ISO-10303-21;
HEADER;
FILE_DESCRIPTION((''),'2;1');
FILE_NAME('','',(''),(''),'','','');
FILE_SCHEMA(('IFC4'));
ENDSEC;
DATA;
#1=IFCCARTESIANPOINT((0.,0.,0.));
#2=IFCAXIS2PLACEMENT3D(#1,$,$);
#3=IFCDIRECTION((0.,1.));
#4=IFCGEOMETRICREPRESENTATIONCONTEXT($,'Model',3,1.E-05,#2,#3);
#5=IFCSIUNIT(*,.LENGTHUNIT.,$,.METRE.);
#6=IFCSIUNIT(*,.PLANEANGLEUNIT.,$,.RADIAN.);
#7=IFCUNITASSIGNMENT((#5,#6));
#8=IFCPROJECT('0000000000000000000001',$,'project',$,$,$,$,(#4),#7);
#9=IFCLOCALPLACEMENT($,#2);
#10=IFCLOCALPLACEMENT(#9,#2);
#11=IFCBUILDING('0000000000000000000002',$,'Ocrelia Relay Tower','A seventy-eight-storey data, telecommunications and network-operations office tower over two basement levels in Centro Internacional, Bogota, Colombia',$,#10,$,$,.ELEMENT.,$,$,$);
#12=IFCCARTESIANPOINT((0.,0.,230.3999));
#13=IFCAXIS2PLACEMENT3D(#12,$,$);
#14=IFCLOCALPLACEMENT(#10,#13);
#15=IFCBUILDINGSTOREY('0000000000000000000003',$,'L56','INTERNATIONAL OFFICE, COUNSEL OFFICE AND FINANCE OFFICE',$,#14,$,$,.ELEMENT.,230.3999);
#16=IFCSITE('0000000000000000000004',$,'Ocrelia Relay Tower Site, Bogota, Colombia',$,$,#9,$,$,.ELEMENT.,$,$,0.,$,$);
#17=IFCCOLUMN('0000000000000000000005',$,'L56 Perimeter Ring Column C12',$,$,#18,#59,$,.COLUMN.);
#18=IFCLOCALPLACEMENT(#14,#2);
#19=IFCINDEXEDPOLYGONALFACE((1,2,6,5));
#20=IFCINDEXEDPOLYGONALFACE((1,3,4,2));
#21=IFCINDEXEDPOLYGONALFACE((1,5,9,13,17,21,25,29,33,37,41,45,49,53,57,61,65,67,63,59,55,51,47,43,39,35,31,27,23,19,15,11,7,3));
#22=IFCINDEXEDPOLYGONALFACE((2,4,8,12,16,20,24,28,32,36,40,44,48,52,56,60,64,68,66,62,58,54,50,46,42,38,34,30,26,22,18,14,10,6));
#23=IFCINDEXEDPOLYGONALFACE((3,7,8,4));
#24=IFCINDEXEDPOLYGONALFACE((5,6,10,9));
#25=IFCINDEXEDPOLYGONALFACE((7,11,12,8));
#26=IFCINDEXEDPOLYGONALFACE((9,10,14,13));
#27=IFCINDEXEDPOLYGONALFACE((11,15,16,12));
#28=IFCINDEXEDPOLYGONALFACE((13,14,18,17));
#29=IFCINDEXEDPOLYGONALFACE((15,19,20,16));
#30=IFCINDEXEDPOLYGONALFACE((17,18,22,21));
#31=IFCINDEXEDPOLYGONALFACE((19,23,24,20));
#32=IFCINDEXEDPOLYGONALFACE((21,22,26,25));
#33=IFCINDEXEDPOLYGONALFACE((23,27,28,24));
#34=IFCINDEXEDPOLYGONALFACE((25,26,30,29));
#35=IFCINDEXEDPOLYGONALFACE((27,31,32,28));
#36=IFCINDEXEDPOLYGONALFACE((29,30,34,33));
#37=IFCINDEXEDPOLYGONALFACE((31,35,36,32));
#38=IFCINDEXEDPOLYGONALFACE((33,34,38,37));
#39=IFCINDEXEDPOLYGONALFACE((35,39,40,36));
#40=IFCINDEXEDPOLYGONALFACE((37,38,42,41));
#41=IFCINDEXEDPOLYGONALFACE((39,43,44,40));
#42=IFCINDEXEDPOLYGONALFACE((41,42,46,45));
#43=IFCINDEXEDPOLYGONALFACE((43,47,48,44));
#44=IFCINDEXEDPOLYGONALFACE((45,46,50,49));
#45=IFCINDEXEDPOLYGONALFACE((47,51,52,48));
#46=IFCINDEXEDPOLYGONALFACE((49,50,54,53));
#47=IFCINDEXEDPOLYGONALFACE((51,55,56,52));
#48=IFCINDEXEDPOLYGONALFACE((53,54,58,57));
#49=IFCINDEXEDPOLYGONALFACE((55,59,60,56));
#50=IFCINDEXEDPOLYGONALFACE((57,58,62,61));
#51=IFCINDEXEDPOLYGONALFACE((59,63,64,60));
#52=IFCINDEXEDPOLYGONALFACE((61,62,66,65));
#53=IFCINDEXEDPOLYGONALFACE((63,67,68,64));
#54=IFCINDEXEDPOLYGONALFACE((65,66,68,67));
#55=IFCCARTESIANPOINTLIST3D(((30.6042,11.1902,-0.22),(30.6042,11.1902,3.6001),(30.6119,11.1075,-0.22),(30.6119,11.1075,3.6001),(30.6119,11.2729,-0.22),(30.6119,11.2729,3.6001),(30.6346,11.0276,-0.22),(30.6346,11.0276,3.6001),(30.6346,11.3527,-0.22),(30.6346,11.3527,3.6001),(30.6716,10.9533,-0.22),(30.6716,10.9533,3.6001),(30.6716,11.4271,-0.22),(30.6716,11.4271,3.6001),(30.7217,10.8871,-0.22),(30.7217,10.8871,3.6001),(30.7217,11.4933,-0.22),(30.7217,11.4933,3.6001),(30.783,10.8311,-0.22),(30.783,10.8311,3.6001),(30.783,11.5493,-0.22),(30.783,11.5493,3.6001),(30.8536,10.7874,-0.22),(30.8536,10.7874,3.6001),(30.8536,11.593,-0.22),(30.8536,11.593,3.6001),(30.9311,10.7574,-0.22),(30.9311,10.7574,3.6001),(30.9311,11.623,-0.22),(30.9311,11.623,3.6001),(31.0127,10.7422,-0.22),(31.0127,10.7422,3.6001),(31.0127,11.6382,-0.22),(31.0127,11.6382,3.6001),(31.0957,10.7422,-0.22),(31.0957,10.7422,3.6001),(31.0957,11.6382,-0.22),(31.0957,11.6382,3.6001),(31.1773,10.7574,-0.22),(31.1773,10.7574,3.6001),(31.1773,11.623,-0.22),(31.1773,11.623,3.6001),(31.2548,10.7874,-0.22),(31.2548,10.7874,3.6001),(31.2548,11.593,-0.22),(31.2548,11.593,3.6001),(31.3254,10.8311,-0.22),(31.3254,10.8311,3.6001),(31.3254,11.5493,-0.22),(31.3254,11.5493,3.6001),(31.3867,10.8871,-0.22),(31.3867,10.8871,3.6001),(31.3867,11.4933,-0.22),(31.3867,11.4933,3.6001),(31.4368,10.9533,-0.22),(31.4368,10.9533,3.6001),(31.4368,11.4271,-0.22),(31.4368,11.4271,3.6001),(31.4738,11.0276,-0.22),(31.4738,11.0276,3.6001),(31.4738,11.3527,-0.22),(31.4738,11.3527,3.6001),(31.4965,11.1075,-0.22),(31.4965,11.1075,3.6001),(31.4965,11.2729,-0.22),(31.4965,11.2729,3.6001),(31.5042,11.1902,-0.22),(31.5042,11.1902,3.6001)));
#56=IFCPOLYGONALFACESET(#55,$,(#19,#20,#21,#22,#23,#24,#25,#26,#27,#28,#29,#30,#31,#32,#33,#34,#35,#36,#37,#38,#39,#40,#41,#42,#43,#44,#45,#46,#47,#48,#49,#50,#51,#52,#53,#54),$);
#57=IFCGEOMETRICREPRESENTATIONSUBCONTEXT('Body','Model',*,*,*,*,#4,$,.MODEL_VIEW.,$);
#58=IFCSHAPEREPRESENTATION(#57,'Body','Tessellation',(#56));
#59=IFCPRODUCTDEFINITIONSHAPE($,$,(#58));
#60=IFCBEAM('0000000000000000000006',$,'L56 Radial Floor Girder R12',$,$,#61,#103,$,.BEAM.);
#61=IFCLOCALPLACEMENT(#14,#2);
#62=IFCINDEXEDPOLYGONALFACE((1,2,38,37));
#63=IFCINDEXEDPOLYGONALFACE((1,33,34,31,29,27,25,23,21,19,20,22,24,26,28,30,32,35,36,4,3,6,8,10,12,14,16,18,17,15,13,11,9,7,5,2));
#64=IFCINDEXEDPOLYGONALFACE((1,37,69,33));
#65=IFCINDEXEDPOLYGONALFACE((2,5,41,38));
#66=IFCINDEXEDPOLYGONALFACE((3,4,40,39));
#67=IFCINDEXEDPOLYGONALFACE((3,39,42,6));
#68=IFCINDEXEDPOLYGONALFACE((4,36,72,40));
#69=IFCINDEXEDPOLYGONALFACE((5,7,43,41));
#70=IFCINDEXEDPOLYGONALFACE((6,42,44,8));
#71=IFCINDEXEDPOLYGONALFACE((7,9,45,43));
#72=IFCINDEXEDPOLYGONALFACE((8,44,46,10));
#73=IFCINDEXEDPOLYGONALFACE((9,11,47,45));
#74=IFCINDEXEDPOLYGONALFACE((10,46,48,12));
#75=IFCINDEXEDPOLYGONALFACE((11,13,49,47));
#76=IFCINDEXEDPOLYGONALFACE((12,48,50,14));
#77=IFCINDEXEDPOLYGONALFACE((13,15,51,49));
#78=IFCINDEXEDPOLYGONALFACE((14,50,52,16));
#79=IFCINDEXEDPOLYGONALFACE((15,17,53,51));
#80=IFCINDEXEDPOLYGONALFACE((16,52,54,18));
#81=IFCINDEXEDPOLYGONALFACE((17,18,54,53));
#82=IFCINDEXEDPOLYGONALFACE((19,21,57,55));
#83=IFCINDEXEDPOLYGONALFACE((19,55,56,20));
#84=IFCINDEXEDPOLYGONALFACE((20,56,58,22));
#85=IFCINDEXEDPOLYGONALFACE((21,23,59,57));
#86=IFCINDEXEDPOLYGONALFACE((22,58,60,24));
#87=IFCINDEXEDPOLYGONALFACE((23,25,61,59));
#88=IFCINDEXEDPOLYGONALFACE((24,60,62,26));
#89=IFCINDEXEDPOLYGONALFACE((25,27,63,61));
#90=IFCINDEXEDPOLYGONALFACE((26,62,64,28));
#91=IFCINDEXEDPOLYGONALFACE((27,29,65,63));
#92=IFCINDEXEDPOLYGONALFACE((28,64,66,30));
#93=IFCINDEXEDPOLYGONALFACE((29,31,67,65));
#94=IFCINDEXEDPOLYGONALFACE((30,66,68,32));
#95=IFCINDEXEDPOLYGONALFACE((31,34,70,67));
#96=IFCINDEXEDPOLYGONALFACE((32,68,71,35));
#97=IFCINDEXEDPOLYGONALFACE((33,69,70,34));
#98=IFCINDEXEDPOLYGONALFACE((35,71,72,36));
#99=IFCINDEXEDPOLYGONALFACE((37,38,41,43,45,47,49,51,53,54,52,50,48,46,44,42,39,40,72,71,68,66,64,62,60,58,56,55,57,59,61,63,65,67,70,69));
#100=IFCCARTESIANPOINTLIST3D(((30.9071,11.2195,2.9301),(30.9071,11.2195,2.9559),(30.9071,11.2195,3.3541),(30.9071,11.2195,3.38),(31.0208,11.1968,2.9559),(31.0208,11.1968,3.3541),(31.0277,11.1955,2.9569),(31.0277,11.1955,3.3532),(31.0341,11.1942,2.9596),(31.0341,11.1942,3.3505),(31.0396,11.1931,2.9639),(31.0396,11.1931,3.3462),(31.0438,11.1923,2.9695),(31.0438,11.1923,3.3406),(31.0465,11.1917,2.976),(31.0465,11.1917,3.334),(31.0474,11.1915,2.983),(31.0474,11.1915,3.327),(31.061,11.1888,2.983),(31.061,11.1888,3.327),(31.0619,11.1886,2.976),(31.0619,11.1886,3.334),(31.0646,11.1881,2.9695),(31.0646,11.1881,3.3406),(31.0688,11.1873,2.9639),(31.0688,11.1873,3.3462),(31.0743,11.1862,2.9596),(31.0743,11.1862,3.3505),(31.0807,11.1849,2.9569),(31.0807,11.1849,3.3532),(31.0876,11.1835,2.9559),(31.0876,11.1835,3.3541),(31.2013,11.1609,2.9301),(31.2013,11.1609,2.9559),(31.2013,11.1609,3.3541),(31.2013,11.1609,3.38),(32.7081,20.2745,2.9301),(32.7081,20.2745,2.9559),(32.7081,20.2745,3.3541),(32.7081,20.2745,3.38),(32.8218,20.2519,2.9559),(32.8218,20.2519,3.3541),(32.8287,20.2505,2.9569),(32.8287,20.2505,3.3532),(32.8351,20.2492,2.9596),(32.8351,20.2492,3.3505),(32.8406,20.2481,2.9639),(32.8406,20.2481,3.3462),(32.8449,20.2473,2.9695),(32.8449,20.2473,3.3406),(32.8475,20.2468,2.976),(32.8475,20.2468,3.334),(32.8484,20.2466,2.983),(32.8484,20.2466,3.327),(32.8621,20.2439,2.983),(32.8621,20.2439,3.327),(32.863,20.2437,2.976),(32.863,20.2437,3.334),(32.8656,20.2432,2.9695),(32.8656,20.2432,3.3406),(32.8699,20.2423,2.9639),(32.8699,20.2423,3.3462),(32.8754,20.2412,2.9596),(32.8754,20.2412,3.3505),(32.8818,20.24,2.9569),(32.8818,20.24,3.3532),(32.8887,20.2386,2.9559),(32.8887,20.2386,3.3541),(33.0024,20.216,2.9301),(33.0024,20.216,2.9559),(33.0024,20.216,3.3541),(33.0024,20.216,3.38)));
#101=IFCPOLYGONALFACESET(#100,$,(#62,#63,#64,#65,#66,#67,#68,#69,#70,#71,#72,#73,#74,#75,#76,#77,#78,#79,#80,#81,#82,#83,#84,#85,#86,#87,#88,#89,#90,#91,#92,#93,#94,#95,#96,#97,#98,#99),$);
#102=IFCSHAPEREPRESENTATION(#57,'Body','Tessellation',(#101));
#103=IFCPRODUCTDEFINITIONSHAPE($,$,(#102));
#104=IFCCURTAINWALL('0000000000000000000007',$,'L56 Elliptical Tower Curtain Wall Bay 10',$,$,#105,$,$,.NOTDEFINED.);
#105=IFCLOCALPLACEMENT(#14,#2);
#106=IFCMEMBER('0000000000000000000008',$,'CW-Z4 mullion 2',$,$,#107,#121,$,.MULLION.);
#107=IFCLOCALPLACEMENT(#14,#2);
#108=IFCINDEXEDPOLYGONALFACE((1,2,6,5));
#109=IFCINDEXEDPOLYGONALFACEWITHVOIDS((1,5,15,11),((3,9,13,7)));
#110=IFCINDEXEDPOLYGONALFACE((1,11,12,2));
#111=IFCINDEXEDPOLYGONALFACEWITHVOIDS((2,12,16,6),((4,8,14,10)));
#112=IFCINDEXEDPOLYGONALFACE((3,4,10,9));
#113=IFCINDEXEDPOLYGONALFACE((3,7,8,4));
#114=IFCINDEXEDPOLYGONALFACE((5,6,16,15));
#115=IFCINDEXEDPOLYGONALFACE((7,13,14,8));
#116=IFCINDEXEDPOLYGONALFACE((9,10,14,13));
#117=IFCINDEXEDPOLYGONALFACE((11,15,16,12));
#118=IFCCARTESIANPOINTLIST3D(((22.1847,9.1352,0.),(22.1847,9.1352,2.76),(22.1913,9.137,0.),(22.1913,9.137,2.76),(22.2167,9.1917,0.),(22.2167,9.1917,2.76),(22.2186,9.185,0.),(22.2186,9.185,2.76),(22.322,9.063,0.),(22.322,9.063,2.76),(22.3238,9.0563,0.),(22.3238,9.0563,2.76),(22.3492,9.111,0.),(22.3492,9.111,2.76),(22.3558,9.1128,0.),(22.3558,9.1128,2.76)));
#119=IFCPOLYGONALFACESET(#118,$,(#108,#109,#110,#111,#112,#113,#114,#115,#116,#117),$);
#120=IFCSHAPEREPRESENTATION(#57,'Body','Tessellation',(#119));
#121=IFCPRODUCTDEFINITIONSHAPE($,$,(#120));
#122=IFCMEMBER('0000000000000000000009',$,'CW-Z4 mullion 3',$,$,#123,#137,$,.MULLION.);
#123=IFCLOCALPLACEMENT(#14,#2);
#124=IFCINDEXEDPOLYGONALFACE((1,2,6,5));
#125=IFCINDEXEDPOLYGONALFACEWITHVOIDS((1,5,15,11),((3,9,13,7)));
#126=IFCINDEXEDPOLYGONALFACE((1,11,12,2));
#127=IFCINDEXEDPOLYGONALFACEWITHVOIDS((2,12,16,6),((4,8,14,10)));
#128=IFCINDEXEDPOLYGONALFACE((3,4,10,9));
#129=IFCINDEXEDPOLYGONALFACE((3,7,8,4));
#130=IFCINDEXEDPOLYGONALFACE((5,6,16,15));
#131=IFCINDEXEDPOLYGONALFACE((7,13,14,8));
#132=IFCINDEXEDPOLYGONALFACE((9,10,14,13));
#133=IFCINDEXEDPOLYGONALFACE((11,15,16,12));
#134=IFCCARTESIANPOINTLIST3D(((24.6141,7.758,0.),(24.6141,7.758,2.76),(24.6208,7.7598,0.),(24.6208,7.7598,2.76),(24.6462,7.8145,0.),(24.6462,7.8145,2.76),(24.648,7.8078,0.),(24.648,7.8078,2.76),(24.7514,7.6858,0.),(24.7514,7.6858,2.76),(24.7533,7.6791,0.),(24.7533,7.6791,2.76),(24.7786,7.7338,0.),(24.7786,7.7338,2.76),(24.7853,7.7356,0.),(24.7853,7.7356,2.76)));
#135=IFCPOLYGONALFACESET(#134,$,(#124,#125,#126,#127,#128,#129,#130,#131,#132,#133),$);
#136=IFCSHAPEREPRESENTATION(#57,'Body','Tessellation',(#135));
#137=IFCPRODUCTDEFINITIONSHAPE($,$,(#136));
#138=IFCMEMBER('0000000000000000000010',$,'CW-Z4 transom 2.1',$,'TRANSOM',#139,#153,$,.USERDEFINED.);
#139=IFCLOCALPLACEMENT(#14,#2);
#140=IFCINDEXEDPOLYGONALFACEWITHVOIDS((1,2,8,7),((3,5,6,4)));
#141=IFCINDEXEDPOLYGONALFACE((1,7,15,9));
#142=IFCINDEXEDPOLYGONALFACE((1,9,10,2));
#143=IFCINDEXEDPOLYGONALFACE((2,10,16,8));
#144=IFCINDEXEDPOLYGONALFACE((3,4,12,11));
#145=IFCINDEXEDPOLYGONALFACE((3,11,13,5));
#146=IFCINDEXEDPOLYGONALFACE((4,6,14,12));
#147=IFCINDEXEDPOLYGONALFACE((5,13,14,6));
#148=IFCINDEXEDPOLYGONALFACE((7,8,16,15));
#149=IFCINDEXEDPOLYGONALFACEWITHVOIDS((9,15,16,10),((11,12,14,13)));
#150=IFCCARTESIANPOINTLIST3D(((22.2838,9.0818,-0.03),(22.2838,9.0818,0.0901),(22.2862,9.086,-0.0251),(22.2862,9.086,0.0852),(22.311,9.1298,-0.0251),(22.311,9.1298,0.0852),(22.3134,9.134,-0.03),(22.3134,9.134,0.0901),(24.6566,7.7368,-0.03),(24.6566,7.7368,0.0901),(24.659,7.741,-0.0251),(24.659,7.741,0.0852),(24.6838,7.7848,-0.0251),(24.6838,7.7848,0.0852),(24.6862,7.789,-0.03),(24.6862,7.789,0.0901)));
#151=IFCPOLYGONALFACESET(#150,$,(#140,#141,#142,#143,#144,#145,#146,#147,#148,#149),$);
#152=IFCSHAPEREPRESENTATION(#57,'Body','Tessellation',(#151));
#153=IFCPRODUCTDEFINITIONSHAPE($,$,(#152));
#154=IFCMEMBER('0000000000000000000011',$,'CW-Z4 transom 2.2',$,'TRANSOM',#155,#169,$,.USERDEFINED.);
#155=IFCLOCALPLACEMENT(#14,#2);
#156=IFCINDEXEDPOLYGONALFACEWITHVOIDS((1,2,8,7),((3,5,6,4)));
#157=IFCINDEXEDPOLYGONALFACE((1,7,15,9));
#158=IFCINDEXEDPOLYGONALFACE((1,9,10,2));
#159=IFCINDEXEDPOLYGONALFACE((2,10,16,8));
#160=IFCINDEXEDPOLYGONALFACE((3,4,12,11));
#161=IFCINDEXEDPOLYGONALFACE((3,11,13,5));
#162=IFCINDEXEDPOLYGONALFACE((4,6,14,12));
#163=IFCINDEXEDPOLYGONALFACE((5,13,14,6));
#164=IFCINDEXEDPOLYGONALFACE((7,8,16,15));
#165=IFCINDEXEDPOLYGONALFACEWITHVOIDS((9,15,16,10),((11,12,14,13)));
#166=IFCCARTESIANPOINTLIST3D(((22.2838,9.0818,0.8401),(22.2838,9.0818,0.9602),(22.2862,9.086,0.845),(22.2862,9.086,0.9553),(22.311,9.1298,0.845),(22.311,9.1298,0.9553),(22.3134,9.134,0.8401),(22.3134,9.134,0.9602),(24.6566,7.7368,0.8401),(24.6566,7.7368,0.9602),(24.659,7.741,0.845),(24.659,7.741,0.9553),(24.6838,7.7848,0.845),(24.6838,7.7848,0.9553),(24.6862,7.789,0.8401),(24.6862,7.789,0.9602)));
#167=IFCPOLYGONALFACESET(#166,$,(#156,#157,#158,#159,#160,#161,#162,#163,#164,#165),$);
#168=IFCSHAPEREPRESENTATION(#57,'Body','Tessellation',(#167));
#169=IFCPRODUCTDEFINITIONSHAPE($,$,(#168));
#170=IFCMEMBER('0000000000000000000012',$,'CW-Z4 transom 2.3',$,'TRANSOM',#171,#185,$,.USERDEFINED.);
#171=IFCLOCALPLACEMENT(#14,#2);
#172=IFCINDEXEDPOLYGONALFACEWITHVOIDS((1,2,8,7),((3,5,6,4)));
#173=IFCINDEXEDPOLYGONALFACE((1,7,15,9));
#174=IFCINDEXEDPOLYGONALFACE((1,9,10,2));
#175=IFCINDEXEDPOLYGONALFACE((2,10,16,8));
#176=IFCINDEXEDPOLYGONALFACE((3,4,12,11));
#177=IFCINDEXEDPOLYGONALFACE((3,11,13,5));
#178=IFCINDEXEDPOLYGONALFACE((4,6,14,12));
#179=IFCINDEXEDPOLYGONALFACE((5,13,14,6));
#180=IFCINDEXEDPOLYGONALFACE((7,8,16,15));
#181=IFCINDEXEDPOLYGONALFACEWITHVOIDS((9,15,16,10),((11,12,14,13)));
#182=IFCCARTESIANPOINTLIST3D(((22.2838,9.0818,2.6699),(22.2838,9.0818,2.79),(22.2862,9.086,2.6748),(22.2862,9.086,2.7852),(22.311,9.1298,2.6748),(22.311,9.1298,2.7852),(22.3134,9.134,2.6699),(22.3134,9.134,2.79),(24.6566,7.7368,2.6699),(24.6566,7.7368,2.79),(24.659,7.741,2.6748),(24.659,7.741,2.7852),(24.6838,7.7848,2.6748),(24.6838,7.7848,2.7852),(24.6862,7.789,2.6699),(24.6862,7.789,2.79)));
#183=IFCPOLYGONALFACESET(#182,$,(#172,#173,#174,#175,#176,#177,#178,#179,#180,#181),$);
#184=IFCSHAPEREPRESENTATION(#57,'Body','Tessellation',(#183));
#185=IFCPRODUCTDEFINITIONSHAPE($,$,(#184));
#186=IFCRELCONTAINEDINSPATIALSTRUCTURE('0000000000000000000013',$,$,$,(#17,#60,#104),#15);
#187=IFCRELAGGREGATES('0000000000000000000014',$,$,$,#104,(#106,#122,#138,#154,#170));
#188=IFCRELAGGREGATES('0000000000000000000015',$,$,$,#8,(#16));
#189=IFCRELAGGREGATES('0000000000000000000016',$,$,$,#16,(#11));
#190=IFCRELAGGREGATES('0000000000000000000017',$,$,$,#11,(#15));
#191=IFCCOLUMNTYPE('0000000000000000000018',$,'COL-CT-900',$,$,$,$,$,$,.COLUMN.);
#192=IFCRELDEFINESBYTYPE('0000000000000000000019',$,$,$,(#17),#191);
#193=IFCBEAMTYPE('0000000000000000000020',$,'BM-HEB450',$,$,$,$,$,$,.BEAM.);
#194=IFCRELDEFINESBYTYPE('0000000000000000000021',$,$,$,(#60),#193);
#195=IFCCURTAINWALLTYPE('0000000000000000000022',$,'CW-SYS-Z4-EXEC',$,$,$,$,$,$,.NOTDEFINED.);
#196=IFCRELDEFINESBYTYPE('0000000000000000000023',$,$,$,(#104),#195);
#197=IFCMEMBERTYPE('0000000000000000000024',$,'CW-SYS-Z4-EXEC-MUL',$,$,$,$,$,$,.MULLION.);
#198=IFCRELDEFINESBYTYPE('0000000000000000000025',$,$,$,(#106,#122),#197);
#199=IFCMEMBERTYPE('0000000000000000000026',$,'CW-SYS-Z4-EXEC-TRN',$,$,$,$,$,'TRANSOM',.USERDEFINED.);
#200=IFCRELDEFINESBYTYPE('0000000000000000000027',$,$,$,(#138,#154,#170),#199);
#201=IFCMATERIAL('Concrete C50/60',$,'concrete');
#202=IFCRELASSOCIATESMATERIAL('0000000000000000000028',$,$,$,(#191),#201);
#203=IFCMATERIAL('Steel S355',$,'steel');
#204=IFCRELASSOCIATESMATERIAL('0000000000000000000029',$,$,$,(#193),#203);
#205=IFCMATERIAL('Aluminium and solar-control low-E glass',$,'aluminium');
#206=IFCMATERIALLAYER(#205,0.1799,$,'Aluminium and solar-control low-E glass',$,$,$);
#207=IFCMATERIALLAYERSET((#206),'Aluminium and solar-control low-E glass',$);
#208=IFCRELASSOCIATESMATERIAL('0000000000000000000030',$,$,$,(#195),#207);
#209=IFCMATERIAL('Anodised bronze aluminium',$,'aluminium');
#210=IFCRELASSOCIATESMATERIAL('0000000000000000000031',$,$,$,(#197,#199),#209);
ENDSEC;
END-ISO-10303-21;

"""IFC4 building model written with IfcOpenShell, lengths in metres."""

from ifc_helpers import new_model, si_unit, direction, frame, origin, origin_2d, place, context, subcontext, project, spatial, hollow_rectangle, circle, i_section, extrude, material, layer, layer_set, material_profile, profile_set, type_object, element, aggregate, save


model = new_model("IFC4")

# Units and contexts
model_context = context("Model", 3, precision=1e-05, world=origin(), true_north=direction((0.0, 1.0)))
body_context = subcontext(model_context, "Body", "Model", "MODEL_VIEW")
ifc_project = project(units=[si_unit("LENGTHUNIT", "METRE"), si_unit("PLANEANGLEUNIT", "RADIAN")], contexts=[model_context])

# Site, building, storey
site_placement = place(None, origin())
site = spatial("IfcSite", under=ifc_project, at=site_placement, Name="Ocrelia Relay Tower Site, Bogota, Colombia", CompositionType="ELEMENT", RefElevation=0.0)
building_placement = place(site_placement, origin())
building = spatial("IfcBuilding", under=site, at=building_placement, Name="Ocrelia Relay Tower", Description="A seventy-eight-storey data, telecommunications and network-operations office tower over two basement levels in Centro Internacional, Bogota, Colombia", CompositionType="ELEMENT")
storey_placement = place(building_placement, frame((0.0, 0.0, 230.3999)))
storey = spatial("IfcBuildingStorey", under=building, at=storey_placement, Name="L56", Description="INTERNATIONAL OFFICE, COUNSEL OFFICE AND FINANCE OFFICE", CompositionType="ELEMENT", Elevation=230.3999)

# Column
ifc_material_1 = material(Name="Concrete C50/60", Category="concrete")
ifc_material_profile_1 = material_profile(ifc_material_1, circle(Radius=0.45, at=origin_2d()), Name="RC-CIR-900")
ifc_profile_set_1 = profile_set([ifc_material_profile_1], Name="Concrete C50/60")
column_type = type_object("IfcColumnType", Name="COL-CT-900", PredefinedType="COLUMN", material=ifc_profile_set_1)
column_placement = place(storey_placement, frame((31.0542, 11.1902, -0.22), z_axis=(0.0, 0.0, 1.0), x_axis=(1.0, 0.0, 0.0)))
element("IfcColumn", 1, at=column_placement, inside=storey, type_object=column_type, Name="L56 Perimeter Ring Column C12", PredefinedType="COLUMN", context=body_context, shape_type="SweptSolid", body=[
    extrude(circle(Radius=0.45, at=origin_2d()), origin(), (0.0, 0.0, 1.0), 3.8201),
])

# Beam
ifc_material_2 = material(Name="Steel S355", Category="steel")
ifc_material_profile_2 = material_profile(ifc_material_2, i_section(OverallWidth=0.3, OverallDepth=0.45, WebThickness=0.0139, FlangeThickness=0.0259, FilletRadius=0.0271, at=origin_2d()), Name="HEB 450")
ifc_profile_set_2 = profile_set([ifc_material_profile_2], Name="Steel S355")
beam_type = type_object("IfcBeamType", Name="BM-HEB450", PredefinedType="BEAM", material=ifc_profile_set_2)
beam_placement = place(storey_placement, frame((31.0542, 11.1902, 3.155), z_axis=(0.195079, 0.980788, 0.0), x_axis=(-0.980788, 0.195079, 0.0)))
element("IfcBeam", 2, at=beam_placement, inside=storey, type_object=beam_type, Name="L56 Radial Floor Girder R12", PredefinedType="BEAM", context=body_context, shape_type="SweptSolid", body=[
    extrude(i_section(OverallWidth=0.3, OverallDepth=0.45, WebThickness=0.0139, FlangeThickness=0.0259, FilletRadius=0.0271, at=origin_2d()), origin(), (0.0, 0.0, 1.0), 9.2324),
])

# Curtain wall, members
ifc_material_3 = material(Name="Aluminium and solar-control low-E glass", Category="aluminium")
ifc_layer_1 = layer(ifc_material_3, 0.1799, Name="Aluminium and solar-control low-E glass")
ifc_layer_set_1 = layer_set([ifc_layer_1], Name="Aluminium and solar-control low-E glass")
curtain_wall_type = type_object("IfcCurtainWallType", Name="CW-SYS-Z4-EXEC", PredefinedType="NOTDEFINED", material=ifc_layer_set_1)
curtain_wall_placement = place(storey_placement, origin())
curtain_wall = element("IfcCurtainWall", 3, at=curtain_wall_placement, inside=storey, type_object=curtain_wall_type, Name="L56 Elliptical Tower Curtain Wall Bay 10", PredefinedType="NOTDEFINED")
ifc_material_4 = material(Name="Anodised bronze aluminium", Category="aluminium")
ifc_material_profile_3 = material_profile(ifc_material_4, hollow_rectangle(XDim=0.0649, YDim=0.1599, WallThickness=0.0049, at=origin_2d()), Name="CW-MUL-160x65")
ifc_profile_set_3 = profile_set([ifc_material_profile_3], Name="Anodised bronze aluminium")
member_type_1 = type_object("IfcMemberType", Name="CW-SYS-Z4-EXEC-MUL", PredefinedType="MULLION", material=ifc_profile_set_3)
member_1_placement = place(storey_placement, frame((22.2703, 9.124, 0.0), z_axis=(0.0, 0.0, 1.0), x_axis=(0.493147, 0.869946, 0.0)))
member_1 = element("IfcMember", 4, at=member_1_placement, type_object=member_type_1, Name="CW-Z4 mullion 2", PredefinedType="MULLION", context=body_context, shape_type="SweptSolid", body=[
    extrude(hollow_rectangle(XDim=0.0649, YDim=0.1599, WallThickness=0.0049, at=origin_2d()), origin(), (0.0, 0.0, 1.0), 2.76),
])
member_2_placement = place(storey_placement, frame((24.6997, 7.7468, 0.0), z_axis=(0.0, 0.0, 1.0), x_axis=(0.493147, 0.869946, 0.0)))
member_2 = element("IfcMember", 5, at=member_2_placement, type_object=member_type_1, Name="CW-Z4 mullion 3", PredefinedType="MULLION", context=body_context, shape_type="SweptSolid", body=[
    extrude(hollow_rectangle(XDim=0.0649, YDim=0.1599, WallThickness=0.0049, at=origin_2d()), origin(), (0.0, 0.0, 1.0), 2.76),
])
ifc_material_profile_4 = material_profile(ifc_material_4, hollow_rectangle(XDim=0.0601, YDim=0.1201, WallThickness=0.0049, at=origin_2d()), Name="CW-TRN-120x60")
ifc_profile_set_4 = profile_set([ifc_material_profile_4], Name="Anodised bronze aluminium")
member_type_2 = type_object("IfcMemberType", Name="CW-SYS-Z4-EXEC-TRN", ElementType="TRANSOM", PredefinedType="USERDEFINED", material=ifc_profile_set_4)
member_3_placement = place(storey_placement, frame((22.2986, 9.1079, 0.03), z_axis=(0.869962, -0.493119, 0.0), x_axis=(0.493119, 0.869962, 0.0)))
member_3 = element("IfcMember", 6, at=member_3_placement, type_object=member_type_2, Name="CW-Z4 transom 2.1", ObjectType="TRANSOM", PredefinedType="USERDEFINED", context=body_context, shape_type="SweptSolid", body=[
    extrude(hollow_rectangle(XDim=0.0601, YDim=0.1201, WallThickness=0.0049, at=origin_2d()), origin(), (0.0, 0.0, 1.0), 2.7275),
])
member_4_placement = place(storey_placement, frame((22.2986, 9.1079, 0.9001), z_axis=(0.869962, -0.493119, 0.0), x_axis=(0.493119, 0.869962, 0.0)))
member_4 = element("IfcMember", 7, at=member_4_placement, type_object=member_type_2, Name="CW-Z4 transom 2.2", ObjectType="TRANSOM", PredefinedType="USERDEFINED", context=body_context, shape_type="SweptSolid", body=[
    extrude(hollow_rectangle(XDim=0.0601, YDim=0.1201, WallThickness=0.0049, at=origin_2d()), origin(), (0.0, 0.0, 1.0), 2.7275),
])
member_5_placement = place(storey_placement, frame((22.2986, 9.1079, 2.73), z_axis=(0.869962, -0.493119, 0.0), x_axis=(0.493119, 0.869962, 0.0)))
member_5 = element("IfcMember", 8, at=member_5_placement, type_object=member_type_2, Name="CW-Z4 transom 2.3", ObjectType="TRANSOM", PredefinedType="USERDEFINED", context=body_context, shape_type="SweptSolid", body=[
    extrude(hollow_rectangle(XDim=0.0601, YDim=0.1201, WallThickness=0.0049, at=origin_2d()), origin(), (0.0, 0.0, 1.0), 2.7275),
])
aggregate(curtain_wall, [member_1, member_2, member_3, member_4, member_5])

save(model, "model.ifc")
